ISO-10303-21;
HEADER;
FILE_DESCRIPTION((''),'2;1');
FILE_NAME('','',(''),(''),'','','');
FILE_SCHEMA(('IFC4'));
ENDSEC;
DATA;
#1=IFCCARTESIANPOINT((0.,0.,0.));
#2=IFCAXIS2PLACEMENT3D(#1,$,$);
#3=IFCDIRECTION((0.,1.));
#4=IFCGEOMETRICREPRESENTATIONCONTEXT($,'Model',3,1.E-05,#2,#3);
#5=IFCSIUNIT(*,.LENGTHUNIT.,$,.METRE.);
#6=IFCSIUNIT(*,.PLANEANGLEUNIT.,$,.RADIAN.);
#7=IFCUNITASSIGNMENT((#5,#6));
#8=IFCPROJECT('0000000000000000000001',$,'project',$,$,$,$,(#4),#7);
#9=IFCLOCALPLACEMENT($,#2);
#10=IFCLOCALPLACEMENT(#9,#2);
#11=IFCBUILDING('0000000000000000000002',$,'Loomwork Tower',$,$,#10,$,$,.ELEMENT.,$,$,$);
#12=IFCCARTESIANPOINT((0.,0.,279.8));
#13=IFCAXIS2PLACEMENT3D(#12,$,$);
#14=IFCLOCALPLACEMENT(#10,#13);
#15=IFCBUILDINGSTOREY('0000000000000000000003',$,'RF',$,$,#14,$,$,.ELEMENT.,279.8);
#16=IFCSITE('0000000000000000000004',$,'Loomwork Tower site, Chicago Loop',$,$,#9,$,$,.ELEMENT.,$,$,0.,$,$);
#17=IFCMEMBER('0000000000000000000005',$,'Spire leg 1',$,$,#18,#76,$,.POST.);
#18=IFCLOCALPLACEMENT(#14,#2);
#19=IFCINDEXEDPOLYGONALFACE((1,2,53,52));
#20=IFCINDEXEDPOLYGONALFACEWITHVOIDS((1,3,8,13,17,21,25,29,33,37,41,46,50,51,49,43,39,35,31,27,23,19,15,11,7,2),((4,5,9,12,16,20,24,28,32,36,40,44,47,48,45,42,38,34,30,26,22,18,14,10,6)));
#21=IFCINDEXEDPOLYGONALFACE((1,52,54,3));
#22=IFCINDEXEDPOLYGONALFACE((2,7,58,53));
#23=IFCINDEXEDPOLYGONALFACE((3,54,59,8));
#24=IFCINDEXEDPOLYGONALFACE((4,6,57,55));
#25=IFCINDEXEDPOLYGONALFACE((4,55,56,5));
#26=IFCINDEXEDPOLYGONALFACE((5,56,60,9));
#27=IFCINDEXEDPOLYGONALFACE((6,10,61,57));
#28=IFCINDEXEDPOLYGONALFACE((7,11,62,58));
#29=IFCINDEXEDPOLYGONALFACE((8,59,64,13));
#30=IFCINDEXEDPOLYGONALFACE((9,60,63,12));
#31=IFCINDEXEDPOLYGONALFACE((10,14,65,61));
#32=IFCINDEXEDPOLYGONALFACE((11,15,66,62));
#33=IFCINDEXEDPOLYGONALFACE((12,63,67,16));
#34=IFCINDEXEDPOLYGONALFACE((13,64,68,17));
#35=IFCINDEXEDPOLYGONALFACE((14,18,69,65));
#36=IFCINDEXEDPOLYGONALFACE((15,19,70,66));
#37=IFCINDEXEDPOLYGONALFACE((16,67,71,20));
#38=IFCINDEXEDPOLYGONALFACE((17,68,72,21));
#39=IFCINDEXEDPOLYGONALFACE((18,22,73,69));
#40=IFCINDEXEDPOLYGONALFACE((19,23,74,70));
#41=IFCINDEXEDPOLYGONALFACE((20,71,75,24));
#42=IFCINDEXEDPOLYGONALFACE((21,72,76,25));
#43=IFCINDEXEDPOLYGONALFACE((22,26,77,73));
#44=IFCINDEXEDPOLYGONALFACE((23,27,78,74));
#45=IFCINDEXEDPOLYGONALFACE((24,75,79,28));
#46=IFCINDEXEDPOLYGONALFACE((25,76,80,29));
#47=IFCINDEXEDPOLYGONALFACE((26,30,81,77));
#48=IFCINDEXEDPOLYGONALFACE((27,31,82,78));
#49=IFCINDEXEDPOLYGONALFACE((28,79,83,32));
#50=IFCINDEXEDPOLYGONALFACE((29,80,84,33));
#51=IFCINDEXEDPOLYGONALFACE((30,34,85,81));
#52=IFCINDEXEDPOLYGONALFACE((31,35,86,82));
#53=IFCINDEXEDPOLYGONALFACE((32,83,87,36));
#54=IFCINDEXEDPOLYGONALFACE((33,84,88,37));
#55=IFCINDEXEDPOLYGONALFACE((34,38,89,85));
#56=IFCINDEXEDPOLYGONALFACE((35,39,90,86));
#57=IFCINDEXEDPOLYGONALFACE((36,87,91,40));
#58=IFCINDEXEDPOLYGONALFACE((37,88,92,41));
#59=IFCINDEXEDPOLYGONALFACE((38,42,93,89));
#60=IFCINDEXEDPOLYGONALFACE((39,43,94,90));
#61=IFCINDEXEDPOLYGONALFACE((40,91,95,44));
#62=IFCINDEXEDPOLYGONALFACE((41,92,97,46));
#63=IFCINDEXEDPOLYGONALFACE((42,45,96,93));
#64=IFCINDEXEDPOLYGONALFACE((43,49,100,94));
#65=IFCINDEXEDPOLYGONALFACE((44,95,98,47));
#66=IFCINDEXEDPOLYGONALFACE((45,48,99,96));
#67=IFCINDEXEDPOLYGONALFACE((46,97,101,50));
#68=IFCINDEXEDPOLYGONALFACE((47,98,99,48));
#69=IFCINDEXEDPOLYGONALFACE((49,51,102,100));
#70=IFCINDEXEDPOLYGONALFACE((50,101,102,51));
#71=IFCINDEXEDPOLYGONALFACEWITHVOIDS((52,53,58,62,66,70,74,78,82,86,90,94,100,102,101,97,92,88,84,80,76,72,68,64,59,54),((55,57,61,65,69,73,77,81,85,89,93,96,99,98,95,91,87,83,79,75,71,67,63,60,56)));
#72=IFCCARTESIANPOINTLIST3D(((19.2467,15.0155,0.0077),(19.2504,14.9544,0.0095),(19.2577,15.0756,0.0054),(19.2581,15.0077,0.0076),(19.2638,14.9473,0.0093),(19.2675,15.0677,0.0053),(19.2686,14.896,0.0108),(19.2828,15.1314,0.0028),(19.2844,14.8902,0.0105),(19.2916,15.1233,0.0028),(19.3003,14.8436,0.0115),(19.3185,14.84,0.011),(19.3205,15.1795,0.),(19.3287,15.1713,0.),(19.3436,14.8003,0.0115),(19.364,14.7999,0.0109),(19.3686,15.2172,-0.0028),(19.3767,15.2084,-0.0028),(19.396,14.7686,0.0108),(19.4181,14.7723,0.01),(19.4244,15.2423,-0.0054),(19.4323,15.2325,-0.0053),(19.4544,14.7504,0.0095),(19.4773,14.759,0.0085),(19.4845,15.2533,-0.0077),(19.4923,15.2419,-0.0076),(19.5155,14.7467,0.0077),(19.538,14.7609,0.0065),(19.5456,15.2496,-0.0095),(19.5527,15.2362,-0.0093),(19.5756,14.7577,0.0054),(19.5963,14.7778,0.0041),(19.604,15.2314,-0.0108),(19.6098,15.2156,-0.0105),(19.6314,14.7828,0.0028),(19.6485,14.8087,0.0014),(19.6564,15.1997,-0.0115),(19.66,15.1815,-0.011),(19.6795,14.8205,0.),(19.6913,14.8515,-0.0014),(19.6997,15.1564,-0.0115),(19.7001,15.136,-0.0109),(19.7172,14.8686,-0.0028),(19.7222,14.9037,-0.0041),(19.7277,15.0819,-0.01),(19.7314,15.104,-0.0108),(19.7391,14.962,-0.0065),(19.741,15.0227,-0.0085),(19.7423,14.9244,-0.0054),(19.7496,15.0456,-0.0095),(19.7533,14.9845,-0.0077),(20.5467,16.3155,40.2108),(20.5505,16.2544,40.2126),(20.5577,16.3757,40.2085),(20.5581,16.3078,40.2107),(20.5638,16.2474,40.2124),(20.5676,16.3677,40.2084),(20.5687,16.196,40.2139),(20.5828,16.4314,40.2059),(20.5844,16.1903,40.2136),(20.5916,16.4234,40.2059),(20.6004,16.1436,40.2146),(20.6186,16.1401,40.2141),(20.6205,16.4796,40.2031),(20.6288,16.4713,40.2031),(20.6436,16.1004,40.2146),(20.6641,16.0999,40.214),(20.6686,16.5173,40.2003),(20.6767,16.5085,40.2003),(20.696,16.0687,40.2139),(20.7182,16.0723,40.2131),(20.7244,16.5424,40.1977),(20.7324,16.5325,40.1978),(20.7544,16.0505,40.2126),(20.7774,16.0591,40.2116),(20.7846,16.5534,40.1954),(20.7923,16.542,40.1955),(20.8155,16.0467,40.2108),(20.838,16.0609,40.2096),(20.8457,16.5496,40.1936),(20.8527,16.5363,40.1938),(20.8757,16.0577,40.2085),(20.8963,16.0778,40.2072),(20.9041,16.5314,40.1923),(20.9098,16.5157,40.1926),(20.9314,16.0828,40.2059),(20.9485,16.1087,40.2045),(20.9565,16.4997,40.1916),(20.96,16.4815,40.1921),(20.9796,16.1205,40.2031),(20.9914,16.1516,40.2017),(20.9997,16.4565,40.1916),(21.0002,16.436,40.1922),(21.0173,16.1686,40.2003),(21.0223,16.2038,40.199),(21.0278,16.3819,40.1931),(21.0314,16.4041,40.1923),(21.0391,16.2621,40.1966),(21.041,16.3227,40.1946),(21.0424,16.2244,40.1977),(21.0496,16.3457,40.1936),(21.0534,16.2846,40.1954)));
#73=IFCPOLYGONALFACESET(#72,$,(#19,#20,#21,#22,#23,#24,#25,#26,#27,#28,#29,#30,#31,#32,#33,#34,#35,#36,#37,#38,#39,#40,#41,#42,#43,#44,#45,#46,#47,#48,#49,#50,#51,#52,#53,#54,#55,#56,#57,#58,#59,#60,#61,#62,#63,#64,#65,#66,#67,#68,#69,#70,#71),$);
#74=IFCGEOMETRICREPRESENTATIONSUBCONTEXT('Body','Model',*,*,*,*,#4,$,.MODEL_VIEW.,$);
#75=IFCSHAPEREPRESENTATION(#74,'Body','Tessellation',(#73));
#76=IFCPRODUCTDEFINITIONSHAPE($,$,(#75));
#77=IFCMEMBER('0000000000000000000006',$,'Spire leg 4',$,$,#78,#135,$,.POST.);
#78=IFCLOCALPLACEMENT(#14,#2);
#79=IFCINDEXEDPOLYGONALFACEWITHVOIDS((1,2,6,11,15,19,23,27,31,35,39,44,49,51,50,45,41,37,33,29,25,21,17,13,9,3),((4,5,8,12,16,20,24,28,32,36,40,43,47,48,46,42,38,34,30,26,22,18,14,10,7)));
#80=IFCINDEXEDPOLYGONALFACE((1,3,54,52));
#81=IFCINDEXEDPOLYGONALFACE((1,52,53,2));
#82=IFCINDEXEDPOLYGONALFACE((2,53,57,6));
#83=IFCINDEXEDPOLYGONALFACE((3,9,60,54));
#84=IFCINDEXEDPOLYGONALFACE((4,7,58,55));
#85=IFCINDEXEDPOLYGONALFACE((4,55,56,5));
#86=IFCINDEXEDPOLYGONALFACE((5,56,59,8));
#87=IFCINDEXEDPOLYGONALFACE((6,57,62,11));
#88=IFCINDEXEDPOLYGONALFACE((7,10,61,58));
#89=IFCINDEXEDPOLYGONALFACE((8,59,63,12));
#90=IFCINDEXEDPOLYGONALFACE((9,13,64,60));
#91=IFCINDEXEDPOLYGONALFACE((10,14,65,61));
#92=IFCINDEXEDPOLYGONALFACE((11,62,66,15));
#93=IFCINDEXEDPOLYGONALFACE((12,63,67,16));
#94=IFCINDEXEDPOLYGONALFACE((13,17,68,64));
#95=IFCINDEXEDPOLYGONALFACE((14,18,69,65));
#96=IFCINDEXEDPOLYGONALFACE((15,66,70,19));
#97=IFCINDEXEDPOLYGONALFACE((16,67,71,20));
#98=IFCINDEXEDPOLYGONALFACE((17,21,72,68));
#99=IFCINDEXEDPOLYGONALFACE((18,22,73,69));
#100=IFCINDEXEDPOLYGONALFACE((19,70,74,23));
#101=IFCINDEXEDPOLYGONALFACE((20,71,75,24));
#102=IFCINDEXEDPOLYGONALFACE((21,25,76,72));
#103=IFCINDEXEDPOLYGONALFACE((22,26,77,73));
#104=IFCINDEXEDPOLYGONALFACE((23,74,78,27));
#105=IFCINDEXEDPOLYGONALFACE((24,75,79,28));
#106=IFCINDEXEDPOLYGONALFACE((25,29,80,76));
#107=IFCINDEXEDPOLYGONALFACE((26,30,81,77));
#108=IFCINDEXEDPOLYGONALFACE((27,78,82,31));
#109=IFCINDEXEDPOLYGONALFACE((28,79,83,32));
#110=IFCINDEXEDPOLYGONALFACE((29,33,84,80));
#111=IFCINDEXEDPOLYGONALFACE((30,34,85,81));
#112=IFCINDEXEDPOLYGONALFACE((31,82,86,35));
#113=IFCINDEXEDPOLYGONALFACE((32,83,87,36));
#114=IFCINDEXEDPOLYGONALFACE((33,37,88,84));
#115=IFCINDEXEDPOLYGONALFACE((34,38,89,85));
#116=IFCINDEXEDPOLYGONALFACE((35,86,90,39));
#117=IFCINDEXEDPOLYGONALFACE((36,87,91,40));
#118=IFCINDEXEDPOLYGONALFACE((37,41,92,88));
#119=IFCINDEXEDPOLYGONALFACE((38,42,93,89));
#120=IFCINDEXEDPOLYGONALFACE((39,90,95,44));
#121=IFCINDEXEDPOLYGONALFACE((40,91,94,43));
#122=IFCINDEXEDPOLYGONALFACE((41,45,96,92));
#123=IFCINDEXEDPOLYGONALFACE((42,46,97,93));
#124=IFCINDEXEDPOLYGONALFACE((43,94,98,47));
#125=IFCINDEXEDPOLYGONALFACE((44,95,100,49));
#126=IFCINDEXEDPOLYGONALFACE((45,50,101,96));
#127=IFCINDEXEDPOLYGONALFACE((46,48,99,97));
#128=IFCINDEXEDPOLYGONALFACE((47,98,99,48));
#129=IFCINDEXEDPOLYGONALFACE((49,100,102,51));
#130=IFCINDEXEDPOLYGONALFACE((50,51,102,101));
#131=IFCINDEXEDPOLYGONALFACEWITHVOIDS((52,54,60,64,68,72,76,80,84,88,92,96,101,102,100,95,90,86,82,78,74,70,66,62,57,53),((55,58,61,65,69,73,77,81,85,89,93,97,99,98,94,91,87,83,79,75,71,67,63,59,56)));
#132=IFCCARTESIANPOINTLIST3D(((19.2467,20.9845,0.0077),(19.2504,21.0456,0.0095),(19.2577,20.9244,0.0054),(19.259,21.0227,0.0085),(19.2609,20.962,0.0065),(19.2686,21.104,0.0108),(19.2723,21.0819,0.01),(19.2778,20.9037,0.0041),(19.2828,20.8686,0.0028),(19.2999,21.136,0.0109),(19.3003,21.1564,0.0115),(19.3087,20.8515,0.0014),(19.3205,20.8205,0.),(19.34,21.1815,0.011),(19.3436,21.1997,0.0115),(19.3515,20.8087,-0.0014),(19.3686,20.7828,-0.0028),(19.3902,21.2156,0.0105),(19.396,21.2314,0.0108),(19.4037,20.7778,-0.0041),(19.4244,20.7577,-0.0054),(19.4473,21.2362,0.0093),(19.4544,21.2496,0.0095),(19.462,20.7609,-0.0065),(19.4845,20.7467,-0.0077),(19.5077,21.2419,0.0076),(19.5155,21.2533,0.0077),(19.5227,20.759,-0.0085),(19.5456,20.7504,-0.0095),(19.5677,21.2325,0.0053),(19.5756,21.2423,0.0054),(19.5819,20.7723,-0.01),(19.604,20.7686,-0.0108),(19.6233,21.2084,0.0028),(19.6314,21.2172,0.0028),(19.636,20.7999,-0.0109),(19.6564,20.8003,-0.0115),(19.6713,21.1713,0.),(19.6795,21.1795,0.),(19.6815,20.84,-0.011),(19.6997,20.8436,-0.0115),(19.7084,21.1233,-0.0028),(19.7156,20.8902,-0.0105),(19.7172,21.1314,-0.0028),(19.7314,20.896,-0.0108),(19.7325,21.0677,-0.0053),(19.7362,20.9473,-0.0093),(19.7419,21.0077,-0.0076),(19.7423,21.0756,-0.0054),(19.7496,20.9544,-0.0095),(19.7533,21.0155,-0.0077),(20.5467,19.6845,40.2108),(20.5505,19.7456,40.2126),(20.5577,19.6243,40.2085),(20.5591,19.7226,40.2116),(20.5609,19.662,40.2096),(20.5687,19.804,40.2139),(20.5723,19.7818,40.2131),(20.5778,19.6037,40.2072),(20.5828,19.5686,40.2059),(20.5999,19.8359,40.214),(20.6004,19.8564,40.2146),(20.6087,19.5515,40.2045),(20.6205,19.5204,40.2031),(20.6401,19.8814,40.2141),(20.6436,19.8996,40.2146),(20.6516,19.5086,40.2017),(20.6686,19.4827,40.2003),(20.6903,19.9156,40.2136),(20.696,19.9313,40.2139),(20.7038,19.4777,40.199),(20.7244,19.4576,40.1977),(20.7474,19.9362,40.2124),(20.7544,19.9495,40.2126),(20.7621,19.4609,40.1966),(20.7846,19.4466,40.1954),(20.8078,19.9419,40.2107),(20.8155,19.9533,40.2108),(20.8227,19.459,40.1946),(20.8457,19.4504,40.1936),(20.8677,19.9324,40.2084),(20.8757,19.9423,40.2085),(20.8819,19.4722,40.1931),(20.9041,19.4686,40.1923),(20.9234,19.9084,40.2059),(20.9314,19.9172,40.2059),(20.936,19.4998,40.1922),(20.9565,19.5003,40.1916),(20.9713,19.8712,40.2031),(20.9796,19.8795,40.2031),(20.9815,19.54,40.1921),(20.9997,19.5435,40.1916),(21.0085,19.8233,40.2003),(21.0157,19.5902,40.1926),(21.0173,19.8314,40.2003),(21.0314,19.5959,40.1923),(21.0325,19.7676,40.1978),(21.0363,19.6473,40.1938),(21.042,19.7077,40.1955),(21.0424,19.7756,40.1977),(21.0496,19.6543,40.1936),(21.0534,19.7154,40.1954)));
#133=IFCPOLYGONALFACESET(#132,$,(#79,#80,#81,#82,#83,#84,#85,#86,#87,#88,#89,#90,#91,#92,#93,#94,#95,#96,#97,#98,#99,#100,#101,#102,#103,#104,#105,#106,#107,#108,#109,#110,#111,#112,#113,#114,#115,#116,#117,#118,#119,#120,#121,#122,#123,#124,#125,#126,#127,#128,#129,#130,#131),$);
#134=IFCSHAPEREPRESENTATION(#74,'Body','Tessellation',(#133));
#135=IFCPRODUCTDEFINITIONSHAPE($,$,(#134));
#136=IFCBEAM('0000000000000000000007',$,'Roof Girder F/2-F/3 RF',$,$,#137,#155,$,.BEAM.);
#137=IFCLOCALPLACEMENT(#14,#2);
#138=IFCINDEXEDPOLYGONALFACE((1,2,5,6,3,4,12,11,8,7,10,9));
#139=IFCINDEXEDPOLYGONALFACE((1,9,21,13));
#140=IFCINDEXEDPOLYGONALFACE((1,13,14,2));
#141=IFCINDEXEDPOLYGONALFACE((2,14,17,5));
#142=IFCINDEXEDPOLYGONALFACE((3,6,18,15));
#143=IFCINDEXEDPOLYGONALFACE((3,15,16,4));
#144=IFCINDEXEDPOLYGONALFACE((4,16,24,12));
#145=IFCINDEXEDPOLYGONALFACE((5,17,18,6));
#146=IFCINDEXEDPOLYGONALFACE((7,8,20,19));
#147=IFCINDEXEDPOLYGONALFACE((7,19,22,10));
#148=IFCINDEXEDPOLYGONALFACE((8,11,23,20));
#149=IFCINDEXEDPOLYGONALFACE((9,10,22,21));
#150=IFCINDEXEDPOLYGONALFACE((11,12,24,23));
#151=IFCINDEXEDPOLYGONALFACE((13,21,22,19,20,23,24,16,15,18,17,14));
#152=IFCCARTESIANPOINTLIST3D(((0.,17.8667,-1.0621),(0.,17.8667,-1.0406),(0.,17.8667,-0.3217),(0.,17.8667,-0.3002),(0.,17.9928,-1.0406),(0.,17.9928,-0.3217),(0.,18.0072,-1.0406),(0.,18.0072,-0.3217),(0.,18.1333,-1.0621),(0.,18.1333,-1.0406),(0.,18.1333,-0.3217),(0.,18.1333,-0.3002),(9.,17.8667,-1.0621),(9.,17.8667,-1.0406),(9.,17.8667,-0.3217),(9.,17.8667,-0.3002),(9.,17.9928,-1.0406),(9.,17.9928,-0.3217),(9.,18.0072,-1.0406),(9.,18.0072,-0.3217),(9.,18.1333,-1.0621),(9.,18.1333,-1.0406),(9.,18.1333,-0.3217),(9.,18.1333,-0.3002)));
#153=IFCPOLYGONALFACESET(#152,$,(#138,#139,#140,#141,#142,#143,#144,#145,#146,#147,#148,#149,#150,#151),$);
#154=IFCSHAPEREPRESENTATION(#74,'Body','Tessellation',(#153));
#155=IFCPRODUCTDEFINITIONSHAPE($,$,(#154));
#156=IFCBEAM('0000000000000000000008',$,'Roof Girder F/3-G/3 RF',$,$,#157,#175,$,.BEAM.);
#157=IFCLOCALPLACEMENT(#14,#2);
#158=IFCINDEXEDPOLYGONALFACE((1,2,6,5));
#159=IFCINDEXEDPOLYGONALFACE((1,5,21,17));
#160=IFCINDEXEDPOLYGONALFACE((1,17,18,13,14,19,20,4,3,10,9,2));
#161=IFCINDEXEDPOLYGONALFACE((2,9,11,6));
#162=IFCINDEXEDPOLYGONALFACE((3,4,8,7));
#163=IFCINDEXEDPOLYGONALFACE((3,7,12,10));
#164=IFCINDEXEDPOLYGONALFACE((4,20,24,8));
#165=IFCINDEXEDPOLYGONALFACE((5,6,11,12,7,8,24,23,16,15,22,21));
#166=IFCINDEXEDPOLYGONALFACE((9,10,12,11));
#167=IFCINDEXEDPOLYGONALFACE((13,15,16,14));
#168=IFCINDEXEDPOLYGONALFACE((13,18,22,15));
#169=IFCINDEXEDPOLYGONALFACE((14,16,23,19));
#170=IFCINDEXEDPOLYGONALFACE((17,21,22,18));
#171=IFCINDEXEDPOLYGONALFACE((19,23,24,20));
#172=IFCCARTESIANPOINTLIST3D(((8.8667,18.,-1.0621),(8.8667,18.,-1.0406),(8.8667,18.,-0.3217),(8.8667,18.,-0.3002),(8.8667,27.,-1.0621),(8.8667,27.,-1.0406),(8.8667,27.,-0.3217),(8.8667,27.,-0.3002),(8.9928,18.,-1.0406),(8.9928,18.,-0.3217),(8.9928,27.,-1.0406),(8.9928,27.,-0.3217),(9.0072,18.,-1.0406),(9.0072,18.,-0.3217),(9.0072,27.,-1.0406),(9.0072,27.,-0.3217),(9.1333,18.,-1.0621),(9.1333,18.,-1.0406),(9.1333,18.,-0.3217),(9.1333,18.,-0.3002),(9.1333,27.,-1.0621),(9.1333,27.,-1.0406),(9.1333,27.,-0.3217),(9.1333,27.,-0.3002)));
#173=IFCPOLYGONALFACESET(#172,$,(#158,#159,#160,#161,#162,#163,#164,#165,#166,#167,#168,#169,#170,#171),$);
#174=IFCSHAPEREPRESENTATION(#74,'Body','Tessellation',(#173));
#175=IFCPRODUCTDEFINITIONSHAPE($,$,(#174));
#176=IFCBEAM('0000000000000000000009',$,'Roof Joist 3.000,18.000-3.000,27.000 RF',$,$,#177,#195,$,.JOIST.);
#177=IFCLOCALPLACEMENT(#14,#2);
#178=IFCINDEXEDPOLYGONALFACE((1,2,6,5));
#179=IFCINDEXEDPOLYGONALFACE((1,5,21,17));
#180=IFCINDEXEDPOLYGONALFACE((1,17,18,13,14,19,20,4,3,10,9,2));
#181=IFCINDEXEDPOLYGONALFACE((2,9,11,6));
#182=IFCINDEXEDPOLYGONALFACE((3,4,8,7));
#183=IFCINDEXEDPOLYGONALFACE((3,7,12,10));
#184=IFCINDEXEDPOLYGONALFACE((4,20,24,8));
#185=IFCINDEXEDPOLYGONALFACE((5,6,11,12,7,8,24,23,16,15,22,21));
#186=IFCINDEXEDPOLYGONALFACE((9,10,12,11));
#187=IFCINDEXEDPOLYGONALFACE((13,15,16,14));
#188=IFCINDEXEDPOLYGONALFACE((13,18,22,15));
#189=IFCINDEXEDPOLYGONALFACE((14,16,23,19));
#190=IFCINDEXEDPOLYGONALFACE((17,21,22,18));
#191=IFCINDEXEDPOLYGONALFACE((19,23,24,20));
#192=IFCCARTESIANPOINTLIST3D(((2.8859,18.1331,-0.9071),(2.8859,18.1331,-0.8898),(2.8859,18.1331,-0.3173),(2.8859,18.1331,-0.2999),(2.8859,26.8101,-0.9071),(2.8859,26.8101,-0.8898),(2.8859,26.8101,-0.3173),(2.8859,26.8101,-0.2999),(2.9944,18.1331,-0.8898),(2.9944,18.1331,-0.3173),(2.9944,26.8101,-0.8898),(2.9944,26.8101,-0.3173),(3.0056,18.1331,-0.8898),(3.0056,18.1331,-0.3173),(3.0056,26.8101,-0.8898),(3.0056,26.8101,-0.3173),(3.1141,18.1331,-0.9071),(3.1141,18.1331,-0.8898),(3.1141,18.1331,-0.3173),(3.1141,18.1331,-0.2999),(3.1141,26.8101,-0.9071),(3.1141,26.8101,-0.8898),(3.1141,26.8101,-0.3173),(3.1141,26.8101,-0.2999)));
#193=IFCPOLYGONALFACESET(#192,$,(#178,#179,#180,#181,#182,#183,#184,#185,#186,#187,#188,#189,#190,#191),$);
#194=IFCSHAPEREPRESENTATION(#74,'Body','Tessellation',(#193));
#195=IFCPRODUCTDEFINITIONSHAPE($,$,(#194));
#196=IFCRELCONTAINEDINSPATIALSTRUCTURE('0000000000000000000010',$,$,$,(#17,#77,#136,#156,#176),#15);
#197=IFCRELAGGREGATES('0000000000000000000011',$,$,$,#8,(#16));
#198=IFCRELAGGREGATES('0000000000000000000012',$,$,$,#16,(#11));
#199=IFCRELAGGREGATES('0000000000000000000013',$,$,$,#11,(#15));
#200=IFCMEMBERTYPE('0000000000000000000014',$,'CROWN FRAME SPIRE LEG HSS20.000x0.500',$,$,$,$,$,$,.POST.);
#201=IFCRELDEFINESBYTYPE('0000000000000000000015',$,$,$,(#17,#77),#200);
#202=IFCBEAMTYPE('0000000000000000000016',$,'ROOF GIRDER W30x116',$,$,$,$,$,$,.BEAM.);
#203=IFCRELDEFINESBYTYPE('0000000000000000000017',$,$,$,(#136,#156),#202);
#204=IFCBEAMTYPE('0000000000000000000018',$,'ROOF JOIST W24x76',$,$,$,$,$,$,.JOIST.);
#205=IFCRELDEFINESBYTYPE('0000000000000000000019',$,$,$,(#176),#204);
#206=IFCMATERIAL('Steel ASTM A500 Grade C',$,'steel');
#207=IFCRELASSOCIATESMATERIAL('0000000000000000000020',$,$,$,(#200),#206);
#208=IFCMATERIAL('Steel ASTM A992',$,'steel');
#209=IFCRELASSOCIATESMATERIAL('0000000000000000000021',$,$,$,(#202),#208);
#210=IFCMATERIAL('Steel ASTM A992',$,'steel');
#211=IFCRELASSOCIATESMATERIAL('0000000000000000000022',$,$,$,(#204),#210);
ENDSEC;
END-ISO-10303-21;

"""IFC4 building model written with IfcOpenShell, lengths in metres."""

from ifc_helpers import new_model, si_unit, direction, frame, origin, origin_2d, place, context, subcontext, project, spatial, hollow_circle, i_section, extrude, material, material_profile, profile_set, type_object, element, save


model = new_model("IFC4")

# Units and contexts
model_context = context("Model", 3, precision=1e-05, world=origin(), true_north=direction((0.0, 1.0)))
body_context = subcontext(model_context, "Body", "Model", "MODEL_VIEW")
ifc_project = project(units=[si_unit("LENGTHUNIT", "METRE"), si_unit("PLANEANGLEUNIT", "RADIAN")], contexts=[model_context])

# Site, building, storey
site_placement = place(None, origin())
site = spatial("IfcSite", under=ifc_project, at=site_placement, Name="Loomwork Tower site, Chicago Loop", CompositionType="ELEMENT", RefElevation=0.0)
building_placement = place(site_placement, origin())
building = spatial("IfcBuilding", under=site, at=building_placement, Name="Loomwork Tower", CompositionType="ELEMENT")
storey_placement = place(building_placement, frame((0.0, 0.0, 279.8)))
storey = spatial("IfcBuildingStorey", under=building, at=storey_placement, Name="RF", CompositionType="ELEMENT", Elevation=279.8)

# Members
ifc_material_1 = material(Name="Steel ASTM A500 Grade C", Category="steel")
ifc_material_profile_1 = material_profile(ifc_material_1, hollow_circle(Radius=0.2539, WallThickness=0.0117, at=origin_2d()), Name="HSS20.000x0.500")
ifc_profile_set_1 = profile_set([ifc_material_profile_1], Name="Steel ASTM A500 Grade C")
member_type_1 = type_object("IfcMemberType", Name="CROWN FRAME SPIRE LEG HSS20.000x0.500", PredefinedType="POST", material=ifc_profile_set_1)
for number, where, z_axis, x_axis, name in (
    (1, (19.5, 15.0, 0.0), (0.032303, 0.032303, 0.998956), (-0.707107, 0.707107, 0.0), "Spire leg 1"),
    (2, (19.5, 21.0, 0.0), (0.032303, -0.032303, 0.998956), (0.707107, 0.707107, 0.0), "Spire leg 4"),
):
    element("IfcMember", number, at=place(storey_placement, frame(where, z_axis=z_axis, x_axis=x_axis)), inside=storey, type_object=member_type_1, Name=name, PredefinedType="POST", context=body_context, shape_type="SweptSolid", body=[
        extrude(hollow_circle(Radius=0.2539, WallThickness=0.0117, at=origin_2d()), origin(), (0.0, 0.0, 1.0), 40.2451),
    ])

# Beams
ifc_material_2 = material(Name="Steel ASTM A992", Category="steel")
ifc_material_profile_2 = material_profile(ifc_material_2, i_section(OverallWidth=0.2666, OverallDepth=0.762, WebThickness=0.0144, FlangeThickness=0.0215, at=origin_2d()), Name="W30x116")
ifc_profile_set_2 = profile_set([ifc_material_profile_2], Name="Steel ASTM A992")
beam_type_1 = type_object("IfcBeamType", Name="ROOF GIRDER W30x116", PredefinedType="BEAM", material=ifc_profile_set_2)
for number, where, z_axis, x_axis, name in (
    (3, (0.0, 18.0, -0.6812), (1.0, 0.0, 0.0), (0.0, 1.0, 0.0), "Roof Girder F/2-F/3 RF"),
    (4, (9.0, 18.0, -0.6812), (0.0, 1.0, 0.0), (-1.0, 0.0, 0.0), "Roof Girder F/3-G/3 RF"),
):
    element("IfcBeam", number, at=place(storey_placement, frame(where, z_axis=z_axis, x_axis=x_axis)), inside=storey, type_object=beam_type_1, Name=name, PredefinedType="BEAM", context=body_context, shape_type="SweptSolid", body=[
        extrude(i_section(OverallWidth=0.2666, OverallDepth=0.762, WebThickness=0.0144, FlangeThickness=0.0215, at=origin_2d()), origin(), (0.0, 0.0, 1.0), 9.0),
    ])
ifc_material_3 = material(Name="Steel ASTM A992", Category="steel")
ifc_material_profile_3 = material_profile(ifc_material_3, i_section(OverallWidth=0.2283, OverallDepth=0.6072, WebThickness=0.0112, FlangeThickness=0.0173, at=origin_2d()), Name="W24x76")
ifc_profile_set_3 = profile_set([ifc_material_profile_3], Name="Steel ASTM A992")
beam_type_2 = type_object("IfcBeamType", Name="ROOF JOIST W24x76", PredefinedType="JOIST", material=ifc_profile_set_3)
for number, where, z_axis, x_axis, name in (
    (5, (3.0, 18.1331, -0.6035), (0.0, 1.0, 0.0), (-1.0, 0.0, 0.0), "Roof Joist 3.000,18.000-3.000,27.000 RF"),
):
    element("IfcBeam", number, at=place(storey_placement, frame(where, z_axis=z_axis, x_axis=x_axis)), inside=storey, type_object=beam_type_2, Name=name, PredefinedType="JOIST", context=body_context, shape_type="SweptSolid", body=[
        extrude(i_section(OverallWidth=0.2283, OverallDepth=0.6072, WebThickness=0.0112, FlangeThickness=0.0173, at=origin_2d()), origin(), (0.0, 0.0, 1.0), 8.677),
    ])

save(model, "model.ifc")
